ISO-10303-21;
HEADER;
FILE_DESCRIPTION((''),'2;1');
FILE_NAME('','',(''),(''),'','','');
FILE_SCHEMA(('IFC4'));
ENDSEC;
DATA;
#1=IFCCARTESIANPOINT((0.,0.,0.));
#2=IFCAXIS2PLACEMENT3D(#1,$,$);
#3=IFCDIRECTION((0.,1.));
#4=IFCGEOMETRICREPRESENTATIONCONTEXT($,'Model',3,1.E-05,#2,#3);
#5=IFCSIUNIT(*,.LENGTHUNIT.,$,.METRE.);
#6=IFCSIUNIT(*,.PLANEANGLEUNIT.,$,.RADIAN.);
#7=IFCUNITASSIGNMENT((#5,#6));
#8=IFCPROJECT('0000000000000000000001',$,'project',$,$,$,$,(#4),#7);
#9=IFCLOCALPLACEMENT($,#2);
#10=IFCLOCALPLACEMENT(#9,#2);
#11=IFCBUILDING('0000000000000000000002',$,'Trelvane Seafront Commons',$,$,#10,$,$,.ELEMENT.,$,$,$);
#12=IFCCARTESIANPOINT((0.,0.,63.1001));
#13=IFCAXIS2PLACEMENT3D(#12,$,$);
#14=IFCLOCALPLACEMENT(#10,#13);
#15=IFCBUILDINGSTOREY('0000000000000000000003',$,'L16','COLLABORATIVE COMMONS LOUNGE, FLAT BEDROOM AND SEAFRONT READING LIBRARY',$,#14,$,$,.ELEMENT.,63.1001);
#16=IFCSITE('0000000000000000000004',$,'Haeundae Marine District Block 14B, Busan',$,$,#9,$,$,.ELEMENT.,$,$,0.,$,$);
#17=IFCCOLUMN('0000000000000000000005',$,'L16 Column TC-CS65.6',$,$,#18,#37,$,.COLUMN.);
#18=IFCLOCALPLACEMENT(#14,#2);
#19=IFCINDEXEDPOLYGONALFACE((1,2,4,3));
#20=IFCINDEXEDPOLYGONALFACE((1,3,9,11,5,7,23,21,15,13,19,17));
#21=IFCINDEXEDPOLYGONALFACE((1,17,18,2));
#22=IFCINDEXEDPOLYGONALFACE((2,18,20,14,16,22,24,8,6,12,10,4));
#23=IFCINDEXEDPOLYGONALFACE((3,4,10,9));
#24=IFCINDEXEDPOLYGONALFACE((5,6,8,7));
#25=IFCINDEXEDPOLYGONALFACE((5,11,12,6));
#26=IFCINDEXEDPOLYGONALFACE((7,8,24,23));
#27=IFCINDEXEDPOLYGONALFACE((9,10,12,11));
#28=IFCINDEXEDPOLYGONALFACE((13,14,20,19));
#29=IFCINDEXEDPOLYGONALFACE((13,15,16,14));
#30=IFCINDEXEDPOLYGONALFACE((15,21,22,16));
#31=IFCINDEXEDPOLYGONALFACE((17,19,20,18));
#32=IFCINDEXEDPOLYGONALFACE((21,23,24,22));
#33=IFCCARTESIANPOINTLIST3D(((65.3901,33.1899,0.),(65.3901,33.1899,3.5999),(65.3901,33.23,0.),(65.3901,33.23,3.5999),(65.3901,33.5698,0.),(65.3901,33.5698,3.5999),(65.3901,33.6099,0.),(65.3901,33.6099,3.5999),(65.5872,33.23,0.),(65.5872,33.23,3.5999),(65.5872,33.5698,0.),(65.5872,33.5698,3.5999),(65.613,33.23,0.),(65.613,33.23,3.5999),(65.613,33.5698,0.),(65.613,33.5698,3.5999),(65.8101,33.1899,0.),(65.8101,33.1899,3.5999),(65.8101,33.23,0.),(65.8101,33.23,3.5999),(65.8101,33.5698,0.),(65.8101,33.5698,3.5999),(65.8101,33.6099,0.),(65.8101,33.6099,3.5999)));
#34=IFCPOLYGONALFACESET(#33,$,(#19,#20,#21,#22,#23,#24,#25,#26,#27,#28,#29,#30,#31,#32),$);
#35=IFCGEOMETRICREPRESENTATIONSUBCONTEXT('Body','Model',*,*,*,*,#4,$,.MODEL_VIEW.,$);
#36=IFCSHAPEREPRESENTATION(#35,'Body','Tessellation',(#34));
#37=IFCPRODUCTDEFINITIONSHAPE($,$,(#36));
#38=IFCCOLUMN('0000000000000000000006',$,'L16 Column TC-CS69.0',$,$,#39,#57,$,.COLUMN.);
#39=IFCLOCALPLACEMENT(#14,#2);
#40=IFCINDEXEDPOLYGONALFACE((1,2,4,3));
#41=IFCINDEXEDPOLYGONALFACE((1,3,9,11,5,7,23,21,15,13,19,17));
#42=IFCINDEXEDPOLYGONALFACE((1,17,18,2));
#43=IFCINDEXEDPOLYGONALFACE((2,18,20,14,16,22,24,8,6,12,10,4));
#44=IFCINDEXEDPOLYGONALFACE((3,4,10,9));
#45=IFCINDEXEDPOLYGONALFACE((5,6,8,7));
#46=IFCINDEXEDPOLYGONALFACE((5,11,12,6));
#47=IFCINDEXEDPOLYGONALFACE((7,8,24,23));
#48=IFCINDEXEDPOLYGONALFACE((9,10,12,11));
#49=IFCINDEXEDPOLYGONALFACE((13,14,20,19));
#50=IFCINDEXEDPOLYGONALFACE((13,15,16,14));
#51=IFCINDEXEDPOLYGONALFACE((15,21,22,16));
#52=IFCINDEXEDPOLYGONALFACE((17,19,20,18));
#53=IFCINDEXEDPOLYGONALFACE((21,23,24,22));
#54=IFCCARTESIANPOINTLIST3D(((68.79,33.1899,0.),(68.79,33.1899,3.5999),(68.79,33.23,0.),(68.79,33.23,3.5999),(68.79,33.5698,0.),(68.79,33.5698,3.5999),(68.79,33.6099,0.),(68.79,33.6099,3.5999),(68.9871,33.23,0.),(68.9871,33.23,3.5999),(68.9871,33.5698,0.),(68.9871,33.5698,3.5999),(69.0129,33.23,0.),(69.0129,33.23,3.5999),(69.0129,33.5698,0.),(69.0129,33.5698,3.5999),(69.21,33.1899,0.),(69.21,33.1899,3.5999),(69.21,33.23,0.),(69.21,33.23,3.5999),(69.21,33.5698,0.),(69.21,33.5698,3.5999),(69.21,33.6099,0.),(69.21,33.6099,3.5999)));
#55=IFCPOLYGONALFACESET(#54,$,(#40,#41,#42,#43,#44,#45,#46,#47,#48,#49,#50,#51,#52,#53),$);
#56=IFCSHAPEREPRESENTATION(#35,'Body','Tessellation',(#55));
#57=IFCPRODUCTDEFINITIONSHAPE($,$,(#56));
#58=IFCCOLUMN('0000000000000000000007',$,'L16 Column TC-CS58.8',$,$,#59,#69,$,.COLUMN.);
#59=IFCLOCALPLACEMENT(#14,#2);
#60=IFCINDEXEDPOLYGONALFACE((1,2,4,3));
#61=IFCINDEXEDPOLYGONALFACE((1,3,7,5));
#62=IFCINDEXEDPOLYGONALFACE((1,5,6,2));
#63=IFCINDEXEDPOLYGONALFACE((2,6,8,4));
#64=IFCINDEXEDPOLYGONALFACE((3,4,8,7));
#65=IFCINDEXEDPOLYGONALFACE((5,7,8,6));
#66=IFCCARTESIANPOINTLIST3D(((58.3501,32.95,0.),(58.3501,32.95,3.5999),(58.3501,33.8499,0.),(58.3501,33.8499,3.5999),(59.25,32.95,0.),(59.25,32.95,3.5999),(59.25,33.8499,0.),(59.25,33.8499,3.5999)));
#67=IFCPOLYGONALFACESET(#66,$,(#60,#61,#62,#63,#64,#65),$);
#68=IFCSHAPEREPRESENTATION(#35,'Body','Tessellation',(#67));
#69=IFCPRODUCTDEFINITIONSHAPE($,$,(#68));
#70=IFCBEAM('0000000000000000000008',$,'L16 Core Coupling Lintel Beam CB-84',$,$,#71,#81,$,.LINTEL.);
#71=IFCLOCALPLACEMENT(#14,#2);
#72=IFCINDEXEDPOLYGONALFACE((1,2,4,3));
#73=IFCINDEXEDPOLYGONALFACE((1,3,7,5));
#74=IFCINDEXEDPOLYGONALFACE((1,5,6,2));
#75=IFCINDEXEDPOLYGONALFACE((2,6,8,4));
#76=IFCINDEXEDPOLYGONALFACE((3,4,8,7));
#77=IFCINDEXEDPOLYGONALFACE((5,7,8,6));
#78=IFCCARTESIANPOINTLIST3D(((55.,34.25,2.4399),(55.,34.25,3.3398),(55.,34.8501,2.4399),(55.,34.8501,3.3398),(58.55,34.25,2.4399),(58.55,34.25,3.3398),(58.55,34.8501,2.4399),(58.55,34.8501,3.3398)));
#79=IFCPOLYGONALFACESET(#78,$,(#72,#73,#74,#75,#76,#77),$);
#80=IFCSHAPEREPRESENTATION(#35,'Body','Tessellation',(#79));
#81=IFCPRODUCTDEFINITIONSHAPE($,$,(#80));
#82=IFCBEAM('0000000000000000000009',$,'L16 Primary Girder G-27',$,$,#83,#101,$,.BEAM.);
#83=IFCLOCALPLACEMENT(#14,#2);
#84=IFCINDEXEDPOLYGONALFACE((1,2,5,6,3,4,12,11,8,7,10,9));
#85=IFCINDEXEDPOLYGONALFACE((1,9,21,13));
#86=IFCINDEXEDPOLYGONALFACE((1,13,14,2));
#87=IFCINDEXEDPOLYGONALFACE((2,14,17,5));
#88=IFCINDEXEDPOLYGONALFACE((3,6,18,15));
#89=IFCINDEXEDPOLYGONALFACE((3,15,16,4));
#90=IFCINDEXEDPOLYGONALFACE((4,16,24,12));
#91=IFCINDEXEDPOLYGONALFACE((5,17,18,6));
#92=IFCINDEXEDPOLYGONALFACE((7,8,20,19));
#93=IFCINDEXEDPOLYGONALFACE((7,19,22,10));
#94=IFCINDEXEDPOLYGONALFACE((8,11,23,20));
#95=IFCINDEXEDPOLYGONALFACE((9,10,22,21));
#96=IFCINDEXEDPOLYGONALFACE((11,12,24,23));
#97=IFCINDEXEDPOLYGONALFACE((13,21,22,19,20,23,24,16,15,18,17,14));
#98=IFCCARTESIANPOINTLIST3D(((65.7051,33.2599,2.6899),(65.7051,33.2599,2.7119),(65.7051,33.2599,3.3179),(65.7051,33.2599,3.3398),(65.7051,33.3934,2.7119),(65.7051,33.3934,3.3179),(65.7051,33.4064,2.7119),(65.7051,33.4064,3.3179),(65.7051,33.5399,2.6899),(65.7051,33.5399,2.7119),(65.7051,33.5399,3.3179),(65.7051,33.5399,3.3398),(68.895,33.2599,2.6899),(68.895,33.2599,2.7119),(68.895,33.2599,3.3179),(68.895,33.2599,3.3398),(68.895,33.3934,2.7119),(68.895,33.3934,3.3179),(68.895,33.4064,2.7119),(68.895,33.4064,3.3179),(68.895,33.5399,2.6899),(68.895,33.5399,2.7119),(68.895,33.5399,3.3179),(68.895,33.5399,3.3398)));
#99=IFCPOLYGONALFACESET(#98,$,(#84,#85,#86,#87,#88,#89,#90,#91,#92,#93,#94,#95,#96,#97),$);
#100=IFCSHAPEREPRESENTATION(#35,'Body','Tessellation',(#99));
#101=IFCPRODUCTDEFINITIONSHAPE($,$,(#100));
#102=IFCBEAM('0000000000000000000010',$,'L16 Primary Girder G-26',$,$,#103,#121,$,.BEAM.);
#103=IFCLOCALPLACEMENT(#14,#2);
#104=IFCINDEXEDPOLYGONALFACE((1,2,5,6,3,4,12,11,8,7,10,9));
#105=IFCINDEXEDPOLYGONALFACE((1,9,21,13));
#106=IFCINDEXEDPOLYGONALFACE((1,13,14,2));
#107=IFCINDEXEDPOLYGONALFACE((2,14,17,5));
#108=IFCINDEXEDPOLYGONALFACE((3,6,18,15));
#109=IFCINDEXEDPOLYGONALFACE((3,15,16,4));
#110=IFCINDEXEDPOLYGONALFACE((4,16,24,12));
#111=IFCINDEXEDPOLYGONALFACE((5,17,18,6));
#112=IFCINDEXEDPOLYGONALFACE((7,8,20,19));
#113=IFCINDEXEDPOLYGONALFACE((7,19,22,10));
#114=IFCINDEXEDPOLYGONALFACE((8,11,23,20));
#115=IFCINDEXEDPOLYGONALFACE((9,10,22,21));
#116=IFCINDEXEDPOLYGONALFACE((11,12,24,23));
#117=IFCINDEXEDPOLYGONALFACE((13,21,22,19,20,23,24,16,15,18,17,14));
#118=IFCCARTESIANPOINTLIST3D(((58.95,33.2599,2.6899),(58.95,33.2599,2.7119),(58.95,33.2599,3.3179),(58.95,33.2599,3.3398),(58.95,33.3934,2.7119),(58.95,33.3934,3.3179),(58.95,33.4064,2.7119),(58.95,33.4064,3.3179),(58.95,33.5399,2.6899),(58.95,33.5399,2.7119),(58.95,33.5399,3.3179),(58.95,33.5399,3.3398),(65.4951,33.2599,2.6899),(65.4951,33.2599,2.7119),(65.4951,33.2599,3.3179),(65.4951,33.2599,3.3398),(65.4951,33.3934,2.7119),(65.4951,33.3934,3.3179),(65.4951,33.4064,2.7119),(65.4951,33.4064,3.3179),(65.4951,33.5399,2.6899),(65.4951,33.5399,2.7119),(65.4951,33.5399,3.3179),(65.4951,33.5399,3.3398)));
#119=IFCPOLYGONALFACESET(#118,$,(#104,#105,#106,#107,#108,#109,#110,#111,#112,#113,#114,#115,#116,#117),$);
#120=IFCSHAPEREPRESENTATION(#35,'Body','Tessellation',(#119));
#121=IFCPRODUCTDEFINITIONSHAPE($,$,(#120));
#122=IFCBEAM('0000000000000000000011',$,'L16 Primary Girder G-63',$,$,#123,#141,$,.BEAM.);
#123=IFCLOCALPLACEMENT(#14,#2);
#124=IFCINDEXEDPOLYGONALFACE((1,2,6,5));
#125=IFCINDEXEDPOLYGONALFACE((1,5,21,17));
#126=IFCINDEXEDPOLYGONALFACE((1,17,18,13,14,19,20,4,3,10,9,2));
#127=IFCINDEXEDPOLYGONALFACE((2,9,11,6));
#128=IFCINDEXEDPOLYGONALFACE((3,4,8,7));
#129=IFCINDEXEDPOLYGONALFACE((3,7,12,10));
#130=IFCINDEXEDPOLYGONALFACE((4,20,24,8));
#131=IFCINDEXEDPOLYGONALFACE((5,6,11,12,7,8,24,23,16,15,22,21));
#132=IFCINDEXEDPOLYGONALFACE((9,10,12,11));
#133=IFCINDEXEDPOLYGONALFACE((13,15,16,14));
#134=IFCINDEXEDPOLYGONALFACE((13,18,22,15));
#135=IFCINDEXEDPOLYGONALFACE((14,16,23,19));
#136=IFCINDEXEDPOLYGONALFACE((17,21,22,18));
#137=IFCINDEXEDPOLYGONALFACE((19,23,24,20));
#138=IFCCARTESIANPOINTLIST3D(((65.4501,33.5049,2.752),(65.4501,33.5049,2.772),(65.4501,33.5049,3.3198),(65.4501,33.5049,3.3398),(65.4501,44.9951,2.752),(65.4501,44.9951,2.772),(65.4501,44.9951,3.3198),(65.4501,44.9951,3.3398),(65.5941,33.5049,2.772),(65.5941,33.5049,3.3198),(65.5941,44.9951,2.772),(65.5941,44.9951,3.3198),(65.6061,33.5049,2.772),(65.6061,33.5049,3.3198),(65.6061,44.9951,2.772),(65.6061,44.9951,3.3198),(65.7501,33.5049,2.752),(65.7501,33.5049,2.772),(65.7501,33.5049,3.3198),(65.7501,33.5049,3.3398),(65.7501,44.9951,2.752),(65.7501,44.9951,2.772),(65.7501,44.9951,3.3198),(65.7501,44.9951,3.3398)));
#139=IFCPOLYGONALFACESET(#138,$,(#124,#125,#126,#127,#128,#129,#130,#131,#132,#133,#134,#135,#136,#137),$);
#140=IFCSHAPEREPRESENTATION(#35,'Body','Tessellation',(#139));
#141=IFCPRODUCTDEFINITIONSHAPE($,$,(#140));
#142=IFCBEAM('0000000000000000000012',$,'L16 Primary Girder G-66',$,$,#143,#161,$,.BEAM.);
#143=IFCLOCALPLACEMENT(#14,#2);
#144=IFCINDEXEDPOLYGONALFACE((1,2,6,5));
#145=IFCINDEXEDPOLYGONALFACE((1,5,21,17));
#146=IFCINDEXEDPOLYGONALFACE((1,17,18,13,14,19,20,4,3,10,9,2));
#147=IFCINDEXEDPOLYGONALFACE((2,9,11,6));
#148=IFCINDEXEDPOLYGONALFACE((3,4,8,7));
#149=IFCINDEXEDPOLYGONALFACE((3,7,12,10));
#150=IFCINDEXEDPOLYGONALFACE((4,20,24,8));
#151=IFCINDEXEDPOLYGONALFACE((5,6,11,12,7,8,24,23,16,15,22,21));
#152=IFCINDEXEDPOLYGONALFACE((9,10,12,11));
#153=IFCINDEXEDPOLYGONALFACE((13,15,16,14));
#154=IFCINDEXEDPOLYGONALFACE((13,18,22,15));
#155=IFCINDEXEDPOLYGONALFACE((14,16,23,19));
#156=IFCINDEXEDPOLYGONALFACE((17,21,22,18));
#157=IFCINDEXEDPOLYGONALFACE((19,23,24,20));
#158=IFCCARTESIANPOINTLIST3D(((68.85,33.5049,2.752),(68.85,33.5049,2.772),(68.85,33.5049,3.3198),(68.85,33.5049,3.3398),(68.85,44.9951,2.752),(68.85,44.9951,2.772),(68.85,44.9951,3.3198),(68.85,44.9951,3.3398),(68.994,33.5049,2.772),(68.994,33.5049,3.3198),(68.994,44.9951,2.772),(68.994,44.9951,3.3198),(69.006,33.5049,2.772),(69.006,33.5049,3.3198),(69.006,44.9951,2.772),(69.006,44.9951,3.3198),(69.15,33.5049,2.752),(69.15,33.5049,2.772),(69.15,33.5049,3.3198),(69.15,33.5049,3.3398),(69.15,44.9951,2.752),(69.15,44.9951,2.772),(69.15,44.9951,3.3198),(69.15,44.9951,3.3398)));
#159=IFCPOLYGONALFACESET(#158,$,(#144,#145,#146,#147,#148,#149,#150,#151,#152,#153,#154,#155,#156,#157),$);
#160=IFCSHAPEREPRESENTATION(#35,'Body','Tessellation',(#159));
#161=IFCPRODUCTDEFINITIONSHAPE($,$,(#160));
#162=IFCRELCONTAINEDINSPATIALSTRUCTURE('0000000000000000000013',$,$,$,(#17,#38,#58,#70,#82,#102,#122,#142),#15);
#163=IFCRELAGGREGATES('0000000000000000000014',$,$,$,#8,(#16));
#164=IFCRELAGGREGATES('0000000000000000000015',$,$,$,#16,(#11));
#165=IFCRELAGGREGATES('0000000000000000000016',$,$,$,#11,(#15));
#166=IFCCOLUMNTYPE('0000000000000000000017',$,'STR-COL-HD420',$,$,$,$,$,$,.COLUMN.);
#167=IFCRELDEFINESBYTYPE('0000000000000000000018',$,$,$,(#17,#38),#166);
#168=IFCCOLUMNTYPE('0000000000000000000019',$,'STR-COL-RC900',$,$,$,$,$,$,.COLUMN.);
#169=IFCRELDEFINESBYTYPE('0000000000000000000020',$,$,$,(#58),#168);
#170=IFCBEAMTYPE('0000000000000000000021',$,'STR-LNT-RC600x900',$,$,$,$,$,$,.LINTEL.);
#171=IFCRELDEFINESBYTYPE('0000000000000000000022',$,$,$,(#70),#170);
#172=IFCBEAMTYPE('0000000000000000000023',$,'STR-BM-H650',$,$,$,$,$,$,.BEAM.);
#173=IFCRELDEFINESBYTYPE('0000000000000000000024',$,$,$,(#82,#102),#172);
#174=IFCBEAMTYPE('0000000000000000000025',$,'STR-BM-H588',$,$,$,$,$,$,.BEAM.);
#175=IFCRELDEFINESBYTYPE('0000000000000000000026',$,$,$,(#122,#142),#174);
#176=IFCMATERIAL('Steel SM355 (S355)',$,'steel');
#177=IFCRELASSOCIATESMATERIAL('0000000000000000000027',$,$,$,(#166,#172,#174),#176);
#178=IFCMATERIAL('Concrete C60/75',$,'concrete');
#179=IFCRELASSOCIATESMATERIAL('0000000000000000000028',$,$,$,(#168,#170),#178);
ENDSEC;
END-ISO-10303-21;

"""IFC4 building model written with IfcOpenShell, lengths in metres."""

from ifc_helpers import new_model, si_unit, direction, frame, origin, origin_2d, place, context, subcontext, project, spatial, rectangle, i_section, extrude, source, transform, mapped, material, material_profile, profile_set, type_object, element, save


model = new_model("IFC4")

# Units and contexts
model_context = context("Model", 3, precision=1e-05, world=origin(), true_north=direction((0.0, 1.0)))
body_context = subcontext(model_context, "Body", "Model", "MODEL_VIEW")
ifc_project = project(units=[si_unit("LENGTHUNIT", "METRE"), si_unit("PLANEANGLEUNIT", "RADIAN")], contexts=[model_context])

# Site, building, storey
site_placement = place(None, origin())
site = spatial("IfcSite", under=ifc_project, at=site_placement, Name="Haeundae Marine District Block 14B, Busan", CompositionType="ELEMENT", RefElevation=0.0)
building_placement = place(site_placement, origin())
building = spatial("IfcBuilding", under=site, at=building_placement, Name="Trelvane Seafront Commons", CompositionType="ELEMENT")
storey_placement = place(building_placement, frame((0.0, 0.0, 63.1001)))
storey = spatial("IfcBuildingStorey", under=building, at=storey_placement, Name="L16", Description="COLLABORATIVE COMMONS LOUNGE, FLAT BEDROOM AND SEAFRONT READING LIBRARY", CompositionType="ELEMENT", Elevation=63.1001)

# Columns
ifc_material_1 = material(Name="Steel SM355 (S355)", Category="steel")
ifc_material_profile_1 = material_profile(ifc_material_1, i_section(OverallWidth=0.4199, OverallDepth=0.4199, WebThickness=0.0259, FlangeThickness=0.04, at=origin_2d()), Name="HD-420x420x26x40")
ifc_profile_set_1 = profile_set([ifc_material_profile_1], Name="Steel SM355 (S355)")
column_type_1 = type_object("IfcColumnType", Name="STR-COL-HD420", PredefinedType="COLUMN", material=ifc_profile_set_1)
shared_shape_1 = source(origin(), body_context, "Body", "SweptSolid", [
    extrude(i_section(OverallWidth=0.4199, OverallDepth=0.4199, WebThickness=0.0259, FlangeThickness=0.04, at=origin_2d()), origin(), (0.0, 0.0, 1.0), 3.5999),
])
for number, where, z_axis, x_axis, name in (
    (1, (65.6001, 33.3999, 0.0), (0.0, 0.0, 1.0), (1.0, 0.0, 0.0), "L16 Column TC-CS65.6"),
    (2, (69.0, 33.3999, 0.0), (0.0, 0.0, 1.0), (1.0, 0.0, 0.0), "L16 Column TC-CS69.0"),
):
    element("IfcColumn", number, at=place(storey_placement, frame(where, z_axis=z_axis, x_axis=x_axis)), inside=storey, type_object=column_type_1, Name=name, PredefinedType="COLUMN", context=body_context, shape_type="MappedRepresentation", body=[
        mapped(shared_shape_1, transform((0.0, 0.0, 0.0), x_axis=(1.0, 0.0, 0.0), y_axis=(0.0, 1.0, 0.0), z_axis=(0.0, 0.0, 1.0), scale=1.0)),
    ])
ifc_material_2 = material(Name="Concrete C60/75", Category="concrete")
ifc_material_profile_2 = material_profile(ifc_material_2, rectangle(XDim=0.8999, YDim=0.8999, at=origin_2d()), Name="RC-900x900")
ifc_profile_set_2 = profile_set([ifc_material_profile_2], Name="Concrete C60/75")
column_type_2 = type_object("IfcColumnType", Name="STR-COL-RC900", PredefinedType="COLUMN", material=ifc_profile_set_2)
shared_shape_2 = source(origin(), body_context, "Body", "SweptSolid", [
    extrude(rectangle(XDim=0.8999, YDim=0.8999, at=origin_2d()), origin(), (0.0, 0.0, 1.0), 3.5999),
])
column_placement = place(storey_placement, frame((58.8, 33.3999, 0.0), z_axis=(0.0, 0.0, 1.0), x_axis=(1.0, 0.0, 0.0)))
element("IfcColumn", 3, at=column_placement, inside=storey, type_object=column_type_2, Name="L16 Column TC-CS58.8", PredefinedType="COLUMN", context=body_context, shape_type="MappedRepresentation", body=[
    mapped(shared_shape_2, transform((0.0, 0.0, 0.0), x_axis=(1.0, 0.0, 0.0), y_axis=(0.0, 1.0, 0.0), z_axis=(0.0, 0.0, 1.0), scale=1.0)),
])

# Beams
ifc_material_profile_3 = material_profile(ifc_material_2, rectangle(XDim=0.6001, YDim=0.8999, at=origin_2d()), Name="RC-600x900")
ifc_profile_set_3 = profile_set([ifc_material_profile_3], Name="Concrete C60/75")
beam_type_1 = type_object("IfcBeamType", Name="STR-LNT-RC600x900", PredefinedType="LINTEL", material=ifc_profile_set_3)
shared_shape_3 = source(origin(), body_context, "Body", "SweptSolid", [
    extrude(rectangle(XDim=0.6001, YDim=0.8999, at=origin_2d()), origin(), (0.0, 0.0, 1.0), 3.55),
])
beam_1_placement = place(storey_placement, frame((55.0, 34.55, 2.8899), z_axis=(1.0, 0.0, 0.0), x_axis=(0.0, 1.0, 0.0)))
element("IfcBeam", 4, at=beam_1_placement, inside=storey, type_object=beam_type_1, Name="L16 Core Coupling Lintel Beam CB-84", PredefinedType="LINTEL", context=body_context, shape_type="MappedRepresentation", body=[
    mapped(shared_shape_3, transform((0.0, 0.0, 0.0), x_axis=(1.0, 0.0, 0.0), y_axis=(0.0, 1.0, 0.0), z_axis=(0.0, 0.0, 1.0), scale=1.0)),
])
ifc_material_profile_4 = material_profile(ifc_material_1, i_section(OverallWidth=0.28, OverallDepth=0.6499, WebThickness=0.0129, FlangeThickness=0.022, at=origin_2d()), Name="H-650x280x13x22")
ifc_profile_set_4 = profile_set([ifc_material_profile_4], Name="Steel SM355 (S355)")
beam_type_2 = type_object("IfcBeamType", Name="STR-BM-H650", PredefinedType="BEAM", material=ifc_profile_set_4)
shared_shape_4 = source(origin(), body_context, "Body", "SweptSolid", [
    extrude(i_section(OverallWidth=0.28, OverallDepth=0.6499, WebThickness=0.0129, FlangeThickness=0.022, at=origin_2d()), origin(), (0.0, 0.0, 1.0), 3.1899),
])
beam_2_placement = place(storey_placement, frame((65.7051, 33.3999, 3.0149), z_axis=(1.0, 0.0, 0.0), x_axis=(0.0, 1.0, 0.0)))
element("IfcBeam", 5, at=beam_2_placement, inside=storey, type_object=beam_type_2, Name="L16 Primary Girder G-27", PredefinedType="BEAM", context=body_context, shape_type="MappedRepresentation", body=[
    mapped(shared_shape_4, transform((0.0, 0.0, 0.0), x_axis=(1.0, 0.0, 0.0), y_axis=(0.0, 1.0, 0.0), z_axis=(0.0, 0.0, 1.0), scale=1.0)),
])
shared_shape_5 = source(origin(), body_context, "Body", "SweptSolid", [
    extrude(i_section(OverallWidth=0.28, OverallDepth=0.6499, WebThickness=0.0129, FlangeThickness=0.022, at=origin_2d()), origin(), (0.0, 0.0, 1.0), 6.5452),
])
beam_3_placement = place(storey_placement, frame((58.95, 33.3999, 3.0149), z_axis=(1.0, 0.0, 0.0), x_axis=(0.0, 1.0, 0.0)))
element("IfcBeam", 6, at=beam_3_placement, inside=storey, type_object=beam_type_2, Name="L16 Primary Girder G-26", PredefinedType="BEAM", context=body_context, shape_type="MappedRepresentation", body=[
    mapped(shared_shape_5, transform((0.0, 0.0, 0.0), x_axis=(1.0, 0.0, 0.0), y_axis=(0.0, 1.0, 0.0), z_axis=(0.0, 0.0, 1.0), scale=1.0)),
])
ifc_material_profile_5 = material_profile(ifc_material_1, i_section(OverallWidth=0.3, OverallDepth=0.5879, WebThickness=0.012, FlangeThickness=0.02, at=origin_2d()), Name="H-588x300x12x20")
ifc_profile_set_5 = profile_set([ifc_material_profile_5], Name="Steel SM355 (S355)")
beam_type_3 = type_object("IfcBeamType", Name="STR-BM-H588", PredefinedType="BEAM", material=ifc_profile_set_5)
shared_shape_6 = source(origin(), body_context, "Body", "SweptSolid", [
    extrude(i_section(OverallWidth=0.3, OverallDepth=0.5879, WebThickness=0.012, FlangeThickness=0.02, at=origin_2d()), origin(), (0.0, 0.0, 1.0), 11.4902),
])
for number, where, z_axis, x_axis, name in (
    (7, (65.6001, 33.5049, 3.0459), (0.0, 1.0, 0.0), (-1.0, 0.0, 0.0), "L16 Primary Girder G-63"),
    (8, (69.0, 33.5049, 3.0459), (0.0, 1.0, 0.0), (-1.0, 0.0, 0.0), "L16 Primary Girder G-66"),
):
    element("IfcBeam", number, at=place(storey_placement, frame(where, z_axis=z_axis, x_axis=x_axis)), inside=storey, type_object=beam_type_3, Name=name, PredefinedType="BEAM", context=body_context, shape_type="MappedRepresentation", body=[
        mapped(shared_shape_6, transform((0.0, 0.0, 0.0), x_axis=(1.0, 0.0, 0.0), y_axis=(0.0, 1.0, 0.0), z_axis=(0.0, 0.0, 1.0), scale=1.0)),
    ])

save(model, "model.ifc")
